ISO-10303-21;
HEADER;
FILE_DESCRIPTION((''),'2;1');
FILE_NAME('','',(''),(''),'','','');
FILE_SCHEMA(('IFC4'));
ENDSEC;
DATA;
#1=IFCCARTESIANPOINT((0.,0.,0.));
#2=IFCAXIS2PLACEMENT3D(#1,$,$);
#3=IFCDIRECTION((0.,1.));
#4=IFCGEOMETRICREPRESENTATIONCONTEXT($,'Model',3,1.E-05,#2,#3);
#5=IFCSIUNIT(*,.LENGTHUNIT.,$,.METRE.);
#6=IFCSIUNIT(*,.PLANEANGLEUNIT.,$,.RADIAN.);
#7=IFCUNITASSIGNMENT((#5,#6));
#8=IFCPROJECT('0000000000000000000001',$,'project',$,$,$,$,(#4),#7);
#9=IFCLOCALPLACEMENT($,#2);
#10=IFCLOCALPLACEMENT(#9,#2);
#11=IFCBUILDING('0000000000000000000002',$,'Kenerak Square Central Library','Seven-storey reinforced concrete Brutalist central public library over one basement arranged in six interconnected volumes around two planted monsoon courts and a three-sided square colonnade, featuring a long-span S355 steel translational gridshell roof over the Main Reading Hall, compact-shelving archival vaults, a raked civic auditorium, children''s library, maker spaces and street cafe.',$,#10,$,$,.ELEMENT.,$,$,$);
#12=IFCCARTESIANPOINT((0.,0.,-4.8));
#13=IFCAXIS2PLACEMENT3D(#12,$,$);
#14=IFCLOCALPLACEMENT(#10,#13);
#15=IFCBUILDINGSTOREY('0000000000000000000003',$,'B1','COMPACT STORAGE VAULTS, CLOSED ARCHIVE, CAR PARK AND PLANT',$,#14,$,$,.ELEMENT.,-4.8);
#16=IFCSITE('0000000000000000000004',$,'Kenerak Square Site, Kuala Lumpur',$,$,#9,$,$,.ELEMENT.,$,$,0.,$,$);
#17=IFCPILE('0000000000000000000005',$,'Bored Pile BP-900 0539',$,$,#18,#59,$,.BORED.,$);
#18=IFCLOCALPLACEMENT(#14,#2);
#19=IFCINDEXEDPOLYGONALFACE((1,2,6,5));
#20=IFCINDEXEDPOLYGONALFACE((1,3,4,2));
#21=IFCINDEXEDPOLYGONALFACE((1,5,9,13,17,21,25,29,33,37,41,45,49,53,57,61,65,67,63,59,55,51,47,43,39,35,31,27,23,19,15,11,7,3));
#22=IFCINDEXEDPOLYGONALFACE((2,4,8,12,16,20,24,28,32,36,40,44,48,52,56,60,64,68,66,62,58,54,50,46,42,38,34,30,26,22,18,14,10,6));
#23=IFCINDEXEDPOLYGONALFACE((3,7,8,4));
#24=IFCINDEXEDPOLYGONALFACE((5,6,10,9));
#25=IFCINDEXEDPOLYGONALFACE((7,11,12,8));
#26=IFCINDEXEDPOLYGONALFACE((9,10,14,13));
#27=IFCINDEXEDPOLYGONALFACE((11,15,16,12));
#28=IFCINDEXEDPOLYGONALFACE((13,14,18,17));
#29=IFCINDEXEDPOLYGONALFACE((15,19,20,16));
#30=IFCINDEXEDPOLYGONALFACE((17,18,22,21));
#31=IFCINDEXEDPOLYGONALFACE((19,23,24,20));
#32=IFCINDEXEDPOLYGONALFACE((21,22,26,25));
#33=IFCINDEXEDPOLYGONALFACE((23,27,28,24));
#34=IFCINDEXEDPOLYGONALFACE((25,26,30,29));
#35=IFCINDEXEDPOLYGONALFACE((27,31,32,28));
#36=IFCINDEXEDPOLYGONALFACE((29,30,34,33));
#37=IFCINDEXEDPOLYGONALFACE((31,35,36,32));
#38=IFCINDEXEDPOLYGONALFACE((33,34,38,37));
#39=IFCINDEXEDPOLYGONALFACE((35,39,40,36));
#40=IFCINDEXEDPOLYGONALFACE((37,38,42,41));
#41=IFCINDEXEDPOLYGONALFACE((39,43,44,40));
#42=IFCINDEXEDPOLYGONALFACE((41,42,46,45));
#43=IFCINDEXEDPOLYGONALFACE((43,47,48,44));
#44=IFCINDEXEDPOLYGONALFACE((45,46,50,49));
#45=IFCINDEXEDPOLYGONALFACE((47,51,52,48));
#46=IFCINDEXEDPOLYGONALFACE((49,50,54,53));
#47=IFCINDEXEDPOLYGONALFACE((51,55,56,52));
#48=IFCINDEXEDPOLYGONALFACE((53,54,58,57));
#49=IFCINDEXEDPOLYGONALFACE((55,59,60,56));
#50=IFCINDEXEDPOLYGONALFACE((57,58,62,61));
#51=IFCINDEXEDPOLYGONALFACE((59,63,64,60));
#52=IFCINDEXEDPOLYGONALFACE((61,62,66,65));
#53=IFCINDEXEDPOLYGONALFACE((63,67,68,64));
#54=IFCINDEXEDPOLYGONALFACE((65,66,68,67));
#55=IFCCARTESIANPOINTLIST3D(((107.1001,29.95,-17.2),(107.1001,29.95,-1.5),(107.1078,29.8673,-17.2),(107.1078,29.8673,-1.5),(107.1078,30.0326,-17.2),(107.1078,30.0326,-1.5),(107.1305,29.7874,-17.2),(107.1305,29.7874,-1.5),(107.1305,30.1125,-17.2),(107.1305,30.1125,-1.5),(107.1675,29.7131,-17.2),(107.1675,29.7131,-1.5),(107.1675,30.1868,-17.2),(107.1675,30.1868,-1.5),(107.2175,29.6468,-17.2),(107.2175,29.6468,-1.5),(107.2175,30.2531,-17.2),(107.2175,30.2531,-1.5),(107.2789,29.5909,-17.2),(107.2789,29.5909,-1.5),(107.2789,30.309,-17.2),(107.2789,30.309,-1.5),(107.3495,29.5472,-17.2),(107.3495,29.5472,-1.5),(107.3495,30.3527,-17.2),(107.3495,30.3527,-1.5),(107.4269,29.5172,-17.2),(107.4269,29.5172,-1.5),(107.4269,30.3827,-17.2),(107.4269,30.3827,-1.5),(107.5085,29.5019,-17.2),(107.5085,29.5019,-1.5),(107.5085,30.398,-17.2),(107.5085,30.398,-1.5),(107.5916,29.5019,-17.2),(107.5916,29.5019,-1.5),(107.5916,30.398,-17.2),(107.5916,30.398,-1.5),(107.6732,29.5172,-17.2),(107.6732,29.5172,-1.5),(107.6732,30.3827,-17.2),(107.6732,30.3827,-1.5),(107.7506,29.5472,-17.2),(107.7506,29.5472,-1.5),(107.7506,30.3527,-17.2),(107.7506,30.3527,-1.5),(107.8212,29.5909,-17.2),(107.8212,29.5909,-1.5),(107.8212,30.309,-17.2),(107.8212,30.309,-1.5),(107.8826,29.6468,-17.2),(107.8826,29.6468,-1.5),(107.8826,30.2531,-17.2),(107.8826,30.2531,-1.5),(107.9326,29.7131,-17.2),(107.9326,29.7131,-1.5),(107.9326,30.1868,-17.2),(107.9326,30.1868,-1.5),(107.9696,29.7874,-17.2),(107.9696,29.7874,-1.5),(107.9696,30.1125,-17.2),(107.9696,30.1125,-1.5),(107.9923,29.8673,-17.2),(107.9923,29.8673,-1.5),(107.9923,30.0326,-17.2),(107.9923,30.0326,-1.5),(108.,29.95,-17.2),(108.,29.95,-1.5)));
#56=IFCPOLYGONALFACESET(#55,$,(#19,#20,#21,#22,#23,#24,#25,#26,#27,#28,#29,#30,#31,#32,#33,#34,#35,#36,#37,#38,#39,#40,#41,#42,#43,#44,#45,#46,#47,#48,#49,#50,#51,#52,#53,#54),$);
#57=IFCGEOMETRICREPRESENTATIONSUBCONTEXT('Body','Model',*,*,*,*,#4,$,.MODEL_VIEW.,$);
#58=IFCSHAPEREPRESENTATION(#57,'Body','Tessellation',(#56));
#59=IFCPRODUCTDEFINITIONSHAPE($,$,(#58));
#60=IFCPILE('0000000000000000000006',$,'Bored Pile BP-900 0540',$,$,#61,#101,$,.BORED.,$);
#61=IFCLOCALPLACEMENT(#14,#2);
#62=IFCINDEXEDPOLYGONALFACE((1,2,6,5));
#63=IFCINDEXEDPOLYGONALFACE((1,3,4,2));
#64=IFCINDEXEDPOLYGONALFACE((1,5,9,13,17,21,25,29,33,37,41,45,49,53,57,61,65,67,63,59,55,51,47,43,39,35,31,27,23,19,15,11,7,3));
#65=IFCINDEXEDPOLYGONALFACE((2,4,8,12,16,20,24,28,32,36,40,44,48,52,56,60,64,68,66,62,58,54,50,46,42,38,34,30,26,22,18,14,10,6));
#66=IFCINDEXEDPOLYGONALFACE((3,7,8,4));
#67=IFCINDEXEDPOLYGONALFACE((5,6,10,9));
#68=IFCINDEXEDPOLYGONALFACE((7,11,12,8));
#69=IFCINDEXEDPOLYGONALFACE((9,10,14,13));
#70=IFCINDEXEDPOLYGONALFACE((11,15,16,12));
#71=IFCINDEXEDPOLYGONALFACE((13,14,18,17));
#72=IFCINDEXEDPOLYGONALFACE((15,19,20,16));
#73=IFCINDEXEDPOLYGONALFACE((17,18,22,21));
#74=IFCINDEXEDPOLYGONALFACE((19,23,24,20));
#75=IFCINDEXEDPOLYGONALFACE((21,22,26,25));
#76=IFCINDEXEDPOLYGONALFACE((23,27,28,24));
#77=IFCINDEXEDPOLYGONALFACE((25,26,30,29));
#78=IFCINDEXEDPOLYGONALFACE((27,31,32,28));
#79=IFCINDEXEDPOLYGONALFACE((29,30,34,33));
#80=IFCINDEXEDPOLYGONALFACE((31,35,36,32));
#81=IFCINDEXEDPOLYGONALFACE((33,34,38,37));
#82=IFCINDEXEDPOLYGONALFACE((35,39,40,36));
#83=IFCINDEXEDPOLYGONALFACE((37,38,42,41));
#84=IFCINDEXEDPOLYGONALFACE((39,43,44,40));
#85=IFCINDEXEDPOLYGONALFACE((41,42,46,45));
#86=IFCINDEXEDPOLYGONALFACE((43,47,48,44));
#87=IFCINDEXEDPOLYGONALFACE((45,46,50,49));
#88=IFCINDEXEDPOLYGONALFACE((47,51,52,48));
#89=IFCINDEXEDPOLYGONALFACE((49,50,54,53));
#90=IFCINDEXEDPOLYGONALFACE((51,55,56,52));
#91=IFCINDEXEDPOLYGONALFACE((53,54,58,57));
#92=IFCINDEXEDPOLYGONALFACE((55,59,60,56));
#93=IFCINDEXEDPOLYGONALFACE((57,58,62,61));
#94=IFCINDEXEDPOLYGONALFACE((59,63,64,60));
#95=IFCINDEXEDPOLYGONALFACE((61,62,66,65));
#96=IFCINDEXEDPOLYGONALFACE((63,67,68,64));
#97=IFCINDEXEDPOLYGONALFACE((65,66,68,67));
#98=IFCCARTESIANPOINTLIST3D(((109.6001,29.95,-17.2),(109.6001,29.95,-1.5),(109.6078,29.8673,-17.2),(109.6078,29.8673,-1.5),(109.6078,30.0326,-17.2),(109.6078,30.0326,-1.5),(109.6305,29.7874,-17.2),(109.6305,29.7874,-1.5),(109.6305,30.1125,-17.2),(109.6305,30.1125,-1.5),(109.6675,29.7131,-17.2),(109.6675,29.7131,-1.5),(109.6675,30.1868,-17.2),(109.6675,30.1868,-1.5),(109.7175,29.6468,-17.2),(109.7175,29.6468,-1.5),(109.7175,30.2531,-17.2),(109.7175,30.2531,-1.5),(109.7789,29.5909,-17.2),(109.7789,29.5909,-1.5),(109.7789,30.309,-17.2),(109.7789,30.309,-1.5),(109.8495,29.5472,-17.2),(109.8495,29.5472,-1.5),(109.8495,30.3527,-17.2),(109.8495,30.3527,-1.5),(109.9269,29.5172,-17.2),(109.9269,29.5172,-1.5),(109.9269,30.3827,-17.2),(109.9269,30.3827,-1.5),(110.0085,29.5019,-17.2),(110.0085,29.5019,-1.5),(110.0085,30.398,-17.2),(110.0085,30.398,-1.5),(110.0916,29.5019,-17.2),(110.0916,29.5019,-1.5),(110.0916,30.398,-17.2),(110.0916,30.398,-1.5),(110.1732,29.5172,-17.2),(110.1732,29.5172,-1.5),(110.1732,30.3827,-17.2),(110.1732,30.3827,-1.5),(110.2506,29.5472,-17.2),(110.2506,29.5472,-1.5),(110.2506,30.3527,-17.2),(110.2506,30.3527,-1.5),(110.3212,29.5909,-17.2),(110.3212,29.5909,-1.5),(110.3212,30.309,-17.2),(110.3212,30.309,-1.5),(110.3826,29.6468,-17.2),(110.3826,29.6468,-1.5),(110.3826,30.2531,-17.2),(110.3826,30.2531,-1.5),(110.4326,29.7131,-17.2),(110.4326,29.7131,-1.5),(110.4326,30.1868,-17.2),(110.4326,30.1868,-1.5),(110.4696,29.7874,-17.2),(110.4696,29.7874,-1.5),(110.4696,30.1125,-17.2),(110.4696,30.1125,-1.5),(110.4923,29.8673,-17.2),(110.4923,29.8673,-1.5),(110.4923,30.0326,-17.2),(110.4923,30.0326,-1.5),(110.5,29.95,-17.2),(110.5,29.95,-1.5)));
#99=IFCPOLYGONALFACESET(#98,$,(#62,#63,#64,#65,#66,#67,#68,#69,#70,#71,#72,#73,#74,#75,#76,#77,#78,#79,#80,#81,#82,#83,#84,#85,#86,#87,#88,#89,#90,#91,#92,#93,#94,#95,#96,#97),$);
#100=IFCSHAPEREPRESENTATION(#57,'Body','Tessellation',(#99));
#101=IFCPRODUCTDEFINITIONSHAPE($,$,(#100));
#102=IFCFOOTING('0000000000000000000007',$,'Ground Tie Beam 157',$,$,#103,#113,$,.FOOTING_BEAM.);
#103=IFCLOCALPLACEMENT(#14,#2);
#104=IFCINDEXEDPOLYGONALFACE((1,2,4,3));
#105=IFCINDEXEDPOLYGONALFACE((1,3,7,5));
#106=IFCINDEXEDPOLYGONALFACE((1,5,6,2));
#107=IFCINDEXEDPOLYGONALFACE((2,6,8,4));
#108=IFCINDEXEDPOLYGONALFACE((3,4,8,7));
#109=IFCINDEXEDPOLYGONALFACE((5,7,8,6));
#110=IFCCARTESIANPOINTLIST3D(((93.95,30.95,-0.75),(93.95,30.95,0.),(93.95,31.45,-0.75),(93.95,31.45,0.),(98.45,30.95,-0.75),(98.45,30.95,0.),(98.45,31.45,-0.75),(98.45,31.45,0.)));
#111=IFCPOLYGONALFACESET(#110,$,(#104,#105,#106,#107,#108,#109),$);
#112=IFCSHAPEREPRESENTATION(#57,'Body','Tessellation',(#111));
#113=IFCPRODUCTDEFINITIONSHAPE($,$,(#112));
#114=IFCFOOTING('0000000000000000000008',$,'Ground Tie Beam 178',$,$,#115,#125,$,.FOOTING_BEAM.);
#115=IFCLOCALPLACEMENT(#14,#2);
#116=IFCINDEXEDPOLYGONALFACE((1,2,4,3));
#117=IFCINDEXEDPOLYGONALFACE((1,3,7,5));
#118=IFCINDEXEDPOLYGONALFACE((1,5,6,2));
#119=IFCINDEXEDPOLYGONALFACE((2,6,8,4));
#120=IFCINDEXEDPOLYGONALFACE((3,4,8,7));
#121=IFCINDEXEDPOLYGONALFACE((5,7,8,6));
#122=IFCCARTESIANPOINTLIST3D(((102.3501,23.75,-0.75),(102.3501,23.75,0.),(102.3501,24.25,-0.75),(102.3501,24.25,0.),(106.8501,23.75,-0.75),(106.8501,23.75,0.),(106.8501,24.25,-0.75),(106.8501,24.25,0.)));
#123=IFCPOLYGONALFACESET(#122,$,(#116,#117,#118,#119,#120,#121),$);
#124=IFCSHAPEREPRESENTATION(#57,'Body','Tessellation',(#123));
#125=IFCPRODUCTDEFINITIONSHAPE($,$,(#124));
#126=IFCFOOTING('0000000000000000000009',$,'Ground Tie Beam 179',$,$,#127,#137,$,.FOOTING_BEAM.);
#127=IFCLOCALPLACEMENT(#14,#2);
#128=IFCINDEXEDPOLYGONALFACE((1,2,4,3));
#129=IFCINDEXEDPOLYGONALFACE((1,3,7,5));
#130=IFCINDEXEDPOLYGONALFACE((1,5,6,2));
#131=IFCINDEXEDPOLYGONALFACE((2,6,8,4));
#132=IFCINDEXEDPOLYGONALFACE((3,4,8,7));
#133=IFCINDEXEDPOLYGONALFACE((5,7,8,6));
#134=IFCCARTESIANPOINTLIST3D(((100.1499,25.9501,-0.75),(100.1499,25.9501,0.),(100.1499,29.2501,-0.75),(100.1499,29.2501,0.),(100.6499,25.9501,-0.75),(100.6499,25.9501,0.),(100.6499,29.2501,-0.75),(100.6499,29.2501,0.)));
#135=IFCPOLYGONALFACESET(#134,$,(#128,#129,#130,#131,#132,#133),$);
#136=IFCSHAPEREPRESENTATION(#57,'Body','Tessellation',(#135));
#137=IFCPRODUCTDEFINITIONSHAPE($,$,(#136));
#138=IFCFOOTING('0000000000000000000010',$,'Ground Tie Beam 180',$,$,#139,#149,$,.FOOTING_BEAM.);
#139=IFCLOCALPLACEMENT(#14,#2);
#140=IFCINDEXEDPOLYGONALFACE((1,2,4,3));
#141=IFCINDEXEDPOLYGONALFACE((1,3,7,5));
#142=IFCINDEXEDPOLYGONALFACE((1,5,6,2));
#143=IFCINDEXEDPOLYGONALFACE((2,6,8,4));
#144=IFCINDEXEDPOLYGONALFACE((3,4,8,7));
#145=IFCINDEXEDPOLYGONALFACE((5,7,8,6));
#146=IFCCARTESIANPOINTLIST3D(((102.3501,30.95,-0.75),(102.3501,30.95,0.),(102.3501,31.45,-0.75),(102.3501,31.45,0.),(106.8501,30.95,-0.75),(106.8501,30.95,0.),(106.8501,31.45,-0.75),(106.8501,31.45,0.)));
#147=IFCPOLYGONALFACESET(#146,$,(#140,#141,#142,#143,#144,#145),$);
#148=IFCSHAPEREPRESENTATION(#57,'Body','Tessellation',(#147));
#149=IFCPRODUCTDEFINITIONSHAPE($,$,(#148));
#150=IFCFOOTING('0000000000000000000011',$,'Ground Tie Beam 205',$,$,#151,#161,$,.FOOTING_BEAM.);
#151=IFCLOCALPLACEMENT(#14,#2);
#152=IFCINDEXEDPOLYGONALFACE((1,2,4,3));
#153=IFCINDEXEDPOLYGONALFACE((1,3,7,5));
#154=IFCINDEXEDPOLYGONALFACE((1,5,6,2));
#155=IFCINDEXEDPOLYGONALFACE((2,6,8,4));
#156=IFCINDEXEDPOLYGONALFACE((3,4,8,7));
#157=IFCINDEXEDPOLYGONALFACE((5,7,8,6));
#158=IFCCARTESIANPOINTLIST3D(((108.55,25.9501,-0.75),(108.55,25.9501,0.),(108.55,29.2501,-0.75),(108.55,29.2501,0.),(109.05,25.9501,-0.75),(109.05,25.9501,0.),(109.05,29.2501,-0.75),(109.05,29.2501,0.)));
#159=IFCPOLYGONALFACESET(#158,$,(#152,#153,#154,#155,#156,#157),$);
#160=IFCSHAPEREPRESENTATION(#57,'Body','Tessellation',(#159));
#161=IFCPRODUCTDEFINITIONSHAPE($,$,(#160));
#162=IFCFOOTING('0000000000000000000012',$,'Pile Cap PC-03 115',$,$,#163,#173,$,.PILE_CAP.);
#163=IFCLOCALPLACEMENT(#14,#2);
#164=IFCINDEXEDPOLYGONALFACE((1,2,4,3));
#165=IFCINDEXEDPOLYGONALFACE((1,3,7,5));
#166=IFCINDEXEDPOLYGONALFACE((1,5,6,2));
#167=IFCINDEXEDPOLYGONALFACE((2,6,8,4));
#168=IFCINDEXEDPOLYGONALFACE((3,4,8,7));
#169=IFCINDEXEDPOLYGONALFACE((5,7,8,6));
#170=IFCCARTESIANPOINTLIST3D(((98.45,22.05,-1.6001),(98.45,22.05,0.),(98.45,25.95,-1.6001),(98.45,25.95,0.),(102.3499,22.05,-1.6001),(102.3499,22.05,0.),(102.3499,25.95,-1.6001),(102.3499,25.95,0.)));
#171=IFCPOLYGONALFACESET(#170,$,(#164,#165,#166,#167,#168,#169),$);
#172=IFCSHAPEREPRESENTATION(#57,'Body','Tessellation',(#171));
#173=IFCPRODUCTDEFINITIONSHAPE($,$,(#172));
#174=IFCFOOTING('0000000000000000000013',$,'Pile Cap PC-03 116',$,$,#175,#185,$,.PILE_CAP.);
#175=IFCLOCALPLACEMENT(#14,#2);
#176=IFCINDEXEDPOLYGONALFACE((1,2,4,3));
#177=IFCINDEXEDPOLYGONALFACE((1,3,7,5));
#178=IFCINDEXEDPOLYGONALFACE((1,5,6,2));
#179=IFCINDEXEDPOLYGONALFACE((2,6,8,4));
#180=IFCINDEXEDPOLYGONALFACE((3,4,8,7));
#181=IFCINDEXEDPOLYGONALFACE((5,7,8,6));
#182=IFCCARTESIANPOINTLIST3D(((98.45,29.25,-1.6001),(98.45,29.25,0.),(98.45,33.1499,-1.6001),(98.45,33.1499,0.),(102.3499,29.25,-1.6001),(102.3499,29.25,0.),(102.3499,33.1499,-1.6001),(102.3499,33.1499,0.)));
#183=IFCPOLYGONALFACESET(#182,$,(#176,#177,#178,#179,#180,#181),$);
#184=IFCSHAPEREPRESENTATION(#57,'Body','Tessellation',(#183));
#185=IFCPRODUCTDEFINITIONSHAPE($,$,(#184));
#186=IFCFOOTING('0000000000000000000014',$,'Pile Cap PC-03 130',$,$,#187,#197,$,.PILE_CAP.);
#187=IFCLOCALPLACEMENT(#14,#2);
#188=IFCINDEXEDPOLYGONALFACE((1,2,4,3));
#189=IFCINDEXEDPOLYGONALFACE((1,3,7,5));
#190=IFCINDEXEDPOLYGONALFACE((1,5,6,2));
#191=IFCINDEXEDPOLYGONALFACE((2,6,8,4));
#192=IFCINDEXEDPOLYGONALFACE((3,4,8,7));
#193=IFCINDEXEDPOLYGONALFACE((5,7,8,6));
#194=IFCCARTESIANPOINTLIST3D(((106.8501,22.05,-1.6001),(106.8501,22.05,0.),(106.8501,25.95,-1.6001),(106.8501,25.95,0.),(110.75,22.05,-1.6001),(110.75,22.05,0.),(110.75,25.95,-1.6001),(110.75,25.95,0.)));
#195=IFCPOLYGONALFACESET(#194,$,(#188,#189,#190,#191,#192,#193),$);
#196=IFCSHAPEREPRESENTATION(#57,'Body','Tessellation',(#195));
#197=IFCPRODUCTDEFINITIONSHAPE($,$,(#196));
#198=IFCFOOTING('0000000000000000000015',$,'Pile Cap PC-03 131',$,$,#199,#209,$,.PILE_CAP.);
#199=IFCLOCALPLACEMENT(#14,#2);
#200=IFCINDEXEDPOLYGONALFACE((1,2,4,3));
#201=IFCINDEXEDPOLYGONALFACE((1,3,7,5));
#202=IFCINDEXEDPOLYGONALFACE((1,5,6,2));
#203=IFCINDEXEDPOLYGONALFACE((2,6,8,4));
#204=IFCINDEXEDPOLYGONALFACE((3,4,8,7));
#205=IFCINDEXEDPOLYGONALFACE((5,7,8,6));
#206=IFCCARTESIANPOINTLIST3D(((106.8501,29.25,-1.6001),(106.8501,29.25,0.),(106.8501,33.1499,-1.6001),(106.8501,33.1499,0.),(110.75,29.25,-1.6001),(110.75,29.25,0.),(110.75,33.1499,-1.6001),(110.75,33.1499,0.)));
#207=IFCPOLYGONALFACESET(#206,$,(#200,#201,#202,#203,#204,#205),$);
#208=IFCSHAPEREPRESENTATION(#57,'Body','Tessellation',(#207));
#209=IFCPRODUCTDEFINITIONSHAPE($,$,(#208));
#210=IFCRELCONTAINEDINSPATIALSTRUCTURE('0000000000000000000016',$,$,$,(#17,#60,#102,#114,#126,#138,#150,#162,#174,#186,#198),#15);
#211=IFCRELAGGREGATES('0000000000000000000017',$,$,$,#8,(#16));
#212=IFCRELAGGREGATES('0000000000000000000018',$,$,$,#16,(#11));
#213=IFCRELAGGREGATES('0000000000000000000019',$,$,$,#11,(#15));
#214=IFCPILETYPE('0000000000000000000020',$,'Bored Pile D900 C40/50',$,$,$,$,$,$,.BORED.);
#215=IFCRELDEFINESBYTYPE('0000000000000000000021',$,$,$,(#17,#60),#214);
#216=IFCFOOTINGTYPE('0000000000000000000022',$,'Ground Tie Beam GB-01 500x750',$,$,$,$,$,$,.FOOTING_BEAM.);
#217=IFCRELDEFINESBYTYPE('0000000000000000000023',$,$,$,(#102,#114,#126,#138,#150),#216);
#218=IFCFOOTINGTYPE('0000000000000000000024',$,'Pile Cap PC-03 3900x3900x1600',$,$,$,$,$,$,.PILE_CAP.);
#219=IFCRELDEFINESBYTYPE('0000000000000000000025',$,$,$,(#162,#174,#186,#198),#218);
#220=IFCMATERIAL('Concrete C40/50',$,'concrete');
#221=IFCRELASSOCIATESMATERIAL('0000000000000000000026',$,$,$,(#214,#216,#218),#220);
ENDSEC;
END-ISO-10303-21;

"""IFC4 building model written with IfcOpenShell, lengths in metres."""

from ifc_helpers import new_model, si_unit, direction, frame, origin, origin_2d, place, context, subcontext, project, spatial, rectangle, circle, extrude, material, material_profile, profile_set, type_object, element, save


model = new_model("IFC4")

# Units and contexts
model_context = context("Model", 3, precision=1e-05, world=origin(), true_north=direction((0.0, 1.0)))
body_context = subcontext(model_context, "Body", "Model", "MODEL_VIEW")
ifc_project = project(units=[si_unit("LENGTHUNIT", "METRE"), si_unit("PLANEANGLEUNIT", "RADIAN")], contexts=[model_context])

# Site, building, storey
site_placement = place(None, origin())
site = spatial("IfcSite", under=ifc_project, at=site_placement, Name="Kenerak Square Site, Kuala Lumpur", CompositionType="ELEMENT", RefElevation=0.0)
building_placement = place(site_placement, origin())
building = spatial("IfcBuilding", under=site, at=building_placement, Name="Kenerak Square Central Library", Description="Seven-storey reinforced concrete Brutalist central public library over one basement arranged in six interconnected volumes around two planted monsoon courts and a three-sided square colonnade, featuring a long-span S355 steel translational gridshell roof over the Main Reading Hall, compact-shelving archival vaults, a raked civic auditorium, children's library, maker spaces and street cafe.", CompositionType="ELEMENT")
storey_placement = place(building_placement, frame((0.0, 0.0, -4.8)))
storey = spatial("IfcBuildingStorey", under=building, at=storey_placement, Name="B1", Description="COMPACT STORAGE VAULTS, CLOSED ARCHIVE, CAR PARK AND PLANT", CompositionType="ELEMENT", Elevation=-4.8)

# Piles
ifc_material_1 = material(Name="Concrete C40/50", Category="concrete")
ifc_material_profile_1 = material_profile(ifc_material_1, circle(Radius=0.45, at=origin_2d()), Name="BP D900")
ifc_profile_set_1 = profile_set([ifc_material_profile_1], Name="Concrete C40/50")
pile_type = type_object("IfcPileType", Name="Bored Pile D900 C40/50", PredefinedType="BORED", material=ifc_profile_set_1)
for number, where, z_axis, x_axis, name in (
    (1, (107.55, 29.95, -1.5), (0.0, 0.0, -1.0), (1.0, 0.0, 0.0), "Bored Pile BP-900 0539"),
    (2, (110.05, 29.95, -1.5), (0.0, 0.0, -1.0), (1.0, 0.0, 0.0), "Bored Pile BP-900 0540"),
):
    element("IfcPile", number, at=place(storey_placement, frame(where, z_axis=z_axis, x_axis=x_axis)), inside=storey, type_object=pile_type, Name=name, PredefinedType="BORED", context=body_context, shape_type="SweptSolid", body=[
        extrude(circle(Radius=0.45, at=origin_2d()), origin(), (0.0, 0.0, 1.0), 15.7),
    ])

# Footings
footing_type_1 = type_object("IfcFootingType", Name="Ground Tie Beam GB-01 500x750", PredefinedType="FOOTING_BEAM", material=ifc_material_1)
for number, where, z_axis, x_axis, name in (
    (3, (96.2, 31.2, -0.75), (0.0, 0.0, 1.0), (1.0, 0.0, 0.0), "Ground Tie Beam 157"),
    (4, (104.6001, 24.0, -0.75), (0.0, 0.0, 1.0), (1.0, 0.0, 0.0), "Ground Tie Beam 178"),
):
    element("IfcFooting", number, at=place(storey_placement, frame(where, z_axis=z_axis, x_axis=x_axis)), inside=storey, type_object=footing_type_1, Name=name, PredefinedType="FOOTING_BEAM", context=body_context, shape_type="SweptSolid", body=[
        extrude(rectangle(XDim=4.5, YDim=0.5, at=origin_2d()), origin(), (0.0, 0.0, 1.0), 0.75),
    ])
footing_1_placement = place(storey_placement, frame((100.3999, 27.6001, -0.75), z_axis=(0.0, 0.0, 1.0), x_axis=(1.0, 0.0, 0.0)))
element("IfcFooting", 5, at=footing_1_placement, inside=storey, type_object=footing_type_1, Name="Ground Tie Beam 179", PredefinedType="FOOTING_BEAM", context=body_context, shape_type="SweptSolid", body=[
    extrude(rectangle(XDim=0.5, YDim=3.3, at=origin_2d()), origin(), (0.0, 0.0, 1.0), 0.75),
])
footing_2_placement = place(storey_placement, frame((104.6001, 31.2, -0.75), z_axis=(0.0, 0.0, 1.0), x_axis=(1.0, 0.0, 0.0)))
element("IfcFooting", 6, at=footing_2_placement, inside=storey, type_object=footing_type_1, Name="Ground Tie Beam 180", PredefinedType="FOOTING_BEAM", context=body_context, shape_type="SweptSolid", body=[
    extrude(rectangle(XDim=4.5, YDim=0.5, at=origin_2d()), origin(), (0.0, 0.0, 1.0), 0.75),
])
footing_3_placement = place(storey_placement, frame((108.8, 27.6001, -0.75), z_axis=(0.0, 0.0, 1.0), x_axis=(1.0, 0.0, 0.0)))
element("IfcFooting", 7, at=footing_3_placement, inside=storey, type_object=footing_type_1, Name="Ground Tie Beam 205", PredefinedType="FOOTING_BEAM", context=body_context, shape_type="SweptSolid", body=[
    extrude(rectangle(XDim=0.5, YDim=3.3, at=origin_2d()), origin(), (0.0, 0.0, 1.0), 0.75),
])
footing_type_2 = type_object("IfcFootingType", Name="Pile Cap PC-03 3900x3900x1600", PredefinedType="PILE_CAP", material=ifc_material_1)
for number, where, z_axis, x_axis, name in (
    (8, (100.3999, 24.0, -1.6001), (0.0, 0.0, 1.0), (1.0, 0.0, 0.0), "Pile Cap PC-03 115"),
    (9, (100.3999, 31.2, -1.6001), (0.0, 0.0, 1.0), (1.0, 0.0, 0.0), "Pile Cap PC-03 116"),
    (10, (108.8, 24.0, -1.6001), (0.0, 0.0, 1.0), (1.0, 0.0, 0.0), "Pile Cap PC-03 130"),
    (11, (108.8, 31.2, -1.6001), (0.0, 0.0, 1.0), (1.0, 0.0, 0.0), "Pile Cap PC-03 131"),
):
    element("IfcFooting", number, at=place(storey_placement, frame(where, z_axis=z_axis, x_axis=x_axis)), inside=storey, type_object=footing_type_2, Name=name, PredefinedType="PILE_CAP", context=body_context, shape_type="SweptSolid", body=[
        extrude(rectangle(XDim=3.8999, YDim=3.8999, at=origin_2d()), origin(), (0.0, 0.0, 1.0), 1.6001),
    ])

save(model, "model.ifc")
